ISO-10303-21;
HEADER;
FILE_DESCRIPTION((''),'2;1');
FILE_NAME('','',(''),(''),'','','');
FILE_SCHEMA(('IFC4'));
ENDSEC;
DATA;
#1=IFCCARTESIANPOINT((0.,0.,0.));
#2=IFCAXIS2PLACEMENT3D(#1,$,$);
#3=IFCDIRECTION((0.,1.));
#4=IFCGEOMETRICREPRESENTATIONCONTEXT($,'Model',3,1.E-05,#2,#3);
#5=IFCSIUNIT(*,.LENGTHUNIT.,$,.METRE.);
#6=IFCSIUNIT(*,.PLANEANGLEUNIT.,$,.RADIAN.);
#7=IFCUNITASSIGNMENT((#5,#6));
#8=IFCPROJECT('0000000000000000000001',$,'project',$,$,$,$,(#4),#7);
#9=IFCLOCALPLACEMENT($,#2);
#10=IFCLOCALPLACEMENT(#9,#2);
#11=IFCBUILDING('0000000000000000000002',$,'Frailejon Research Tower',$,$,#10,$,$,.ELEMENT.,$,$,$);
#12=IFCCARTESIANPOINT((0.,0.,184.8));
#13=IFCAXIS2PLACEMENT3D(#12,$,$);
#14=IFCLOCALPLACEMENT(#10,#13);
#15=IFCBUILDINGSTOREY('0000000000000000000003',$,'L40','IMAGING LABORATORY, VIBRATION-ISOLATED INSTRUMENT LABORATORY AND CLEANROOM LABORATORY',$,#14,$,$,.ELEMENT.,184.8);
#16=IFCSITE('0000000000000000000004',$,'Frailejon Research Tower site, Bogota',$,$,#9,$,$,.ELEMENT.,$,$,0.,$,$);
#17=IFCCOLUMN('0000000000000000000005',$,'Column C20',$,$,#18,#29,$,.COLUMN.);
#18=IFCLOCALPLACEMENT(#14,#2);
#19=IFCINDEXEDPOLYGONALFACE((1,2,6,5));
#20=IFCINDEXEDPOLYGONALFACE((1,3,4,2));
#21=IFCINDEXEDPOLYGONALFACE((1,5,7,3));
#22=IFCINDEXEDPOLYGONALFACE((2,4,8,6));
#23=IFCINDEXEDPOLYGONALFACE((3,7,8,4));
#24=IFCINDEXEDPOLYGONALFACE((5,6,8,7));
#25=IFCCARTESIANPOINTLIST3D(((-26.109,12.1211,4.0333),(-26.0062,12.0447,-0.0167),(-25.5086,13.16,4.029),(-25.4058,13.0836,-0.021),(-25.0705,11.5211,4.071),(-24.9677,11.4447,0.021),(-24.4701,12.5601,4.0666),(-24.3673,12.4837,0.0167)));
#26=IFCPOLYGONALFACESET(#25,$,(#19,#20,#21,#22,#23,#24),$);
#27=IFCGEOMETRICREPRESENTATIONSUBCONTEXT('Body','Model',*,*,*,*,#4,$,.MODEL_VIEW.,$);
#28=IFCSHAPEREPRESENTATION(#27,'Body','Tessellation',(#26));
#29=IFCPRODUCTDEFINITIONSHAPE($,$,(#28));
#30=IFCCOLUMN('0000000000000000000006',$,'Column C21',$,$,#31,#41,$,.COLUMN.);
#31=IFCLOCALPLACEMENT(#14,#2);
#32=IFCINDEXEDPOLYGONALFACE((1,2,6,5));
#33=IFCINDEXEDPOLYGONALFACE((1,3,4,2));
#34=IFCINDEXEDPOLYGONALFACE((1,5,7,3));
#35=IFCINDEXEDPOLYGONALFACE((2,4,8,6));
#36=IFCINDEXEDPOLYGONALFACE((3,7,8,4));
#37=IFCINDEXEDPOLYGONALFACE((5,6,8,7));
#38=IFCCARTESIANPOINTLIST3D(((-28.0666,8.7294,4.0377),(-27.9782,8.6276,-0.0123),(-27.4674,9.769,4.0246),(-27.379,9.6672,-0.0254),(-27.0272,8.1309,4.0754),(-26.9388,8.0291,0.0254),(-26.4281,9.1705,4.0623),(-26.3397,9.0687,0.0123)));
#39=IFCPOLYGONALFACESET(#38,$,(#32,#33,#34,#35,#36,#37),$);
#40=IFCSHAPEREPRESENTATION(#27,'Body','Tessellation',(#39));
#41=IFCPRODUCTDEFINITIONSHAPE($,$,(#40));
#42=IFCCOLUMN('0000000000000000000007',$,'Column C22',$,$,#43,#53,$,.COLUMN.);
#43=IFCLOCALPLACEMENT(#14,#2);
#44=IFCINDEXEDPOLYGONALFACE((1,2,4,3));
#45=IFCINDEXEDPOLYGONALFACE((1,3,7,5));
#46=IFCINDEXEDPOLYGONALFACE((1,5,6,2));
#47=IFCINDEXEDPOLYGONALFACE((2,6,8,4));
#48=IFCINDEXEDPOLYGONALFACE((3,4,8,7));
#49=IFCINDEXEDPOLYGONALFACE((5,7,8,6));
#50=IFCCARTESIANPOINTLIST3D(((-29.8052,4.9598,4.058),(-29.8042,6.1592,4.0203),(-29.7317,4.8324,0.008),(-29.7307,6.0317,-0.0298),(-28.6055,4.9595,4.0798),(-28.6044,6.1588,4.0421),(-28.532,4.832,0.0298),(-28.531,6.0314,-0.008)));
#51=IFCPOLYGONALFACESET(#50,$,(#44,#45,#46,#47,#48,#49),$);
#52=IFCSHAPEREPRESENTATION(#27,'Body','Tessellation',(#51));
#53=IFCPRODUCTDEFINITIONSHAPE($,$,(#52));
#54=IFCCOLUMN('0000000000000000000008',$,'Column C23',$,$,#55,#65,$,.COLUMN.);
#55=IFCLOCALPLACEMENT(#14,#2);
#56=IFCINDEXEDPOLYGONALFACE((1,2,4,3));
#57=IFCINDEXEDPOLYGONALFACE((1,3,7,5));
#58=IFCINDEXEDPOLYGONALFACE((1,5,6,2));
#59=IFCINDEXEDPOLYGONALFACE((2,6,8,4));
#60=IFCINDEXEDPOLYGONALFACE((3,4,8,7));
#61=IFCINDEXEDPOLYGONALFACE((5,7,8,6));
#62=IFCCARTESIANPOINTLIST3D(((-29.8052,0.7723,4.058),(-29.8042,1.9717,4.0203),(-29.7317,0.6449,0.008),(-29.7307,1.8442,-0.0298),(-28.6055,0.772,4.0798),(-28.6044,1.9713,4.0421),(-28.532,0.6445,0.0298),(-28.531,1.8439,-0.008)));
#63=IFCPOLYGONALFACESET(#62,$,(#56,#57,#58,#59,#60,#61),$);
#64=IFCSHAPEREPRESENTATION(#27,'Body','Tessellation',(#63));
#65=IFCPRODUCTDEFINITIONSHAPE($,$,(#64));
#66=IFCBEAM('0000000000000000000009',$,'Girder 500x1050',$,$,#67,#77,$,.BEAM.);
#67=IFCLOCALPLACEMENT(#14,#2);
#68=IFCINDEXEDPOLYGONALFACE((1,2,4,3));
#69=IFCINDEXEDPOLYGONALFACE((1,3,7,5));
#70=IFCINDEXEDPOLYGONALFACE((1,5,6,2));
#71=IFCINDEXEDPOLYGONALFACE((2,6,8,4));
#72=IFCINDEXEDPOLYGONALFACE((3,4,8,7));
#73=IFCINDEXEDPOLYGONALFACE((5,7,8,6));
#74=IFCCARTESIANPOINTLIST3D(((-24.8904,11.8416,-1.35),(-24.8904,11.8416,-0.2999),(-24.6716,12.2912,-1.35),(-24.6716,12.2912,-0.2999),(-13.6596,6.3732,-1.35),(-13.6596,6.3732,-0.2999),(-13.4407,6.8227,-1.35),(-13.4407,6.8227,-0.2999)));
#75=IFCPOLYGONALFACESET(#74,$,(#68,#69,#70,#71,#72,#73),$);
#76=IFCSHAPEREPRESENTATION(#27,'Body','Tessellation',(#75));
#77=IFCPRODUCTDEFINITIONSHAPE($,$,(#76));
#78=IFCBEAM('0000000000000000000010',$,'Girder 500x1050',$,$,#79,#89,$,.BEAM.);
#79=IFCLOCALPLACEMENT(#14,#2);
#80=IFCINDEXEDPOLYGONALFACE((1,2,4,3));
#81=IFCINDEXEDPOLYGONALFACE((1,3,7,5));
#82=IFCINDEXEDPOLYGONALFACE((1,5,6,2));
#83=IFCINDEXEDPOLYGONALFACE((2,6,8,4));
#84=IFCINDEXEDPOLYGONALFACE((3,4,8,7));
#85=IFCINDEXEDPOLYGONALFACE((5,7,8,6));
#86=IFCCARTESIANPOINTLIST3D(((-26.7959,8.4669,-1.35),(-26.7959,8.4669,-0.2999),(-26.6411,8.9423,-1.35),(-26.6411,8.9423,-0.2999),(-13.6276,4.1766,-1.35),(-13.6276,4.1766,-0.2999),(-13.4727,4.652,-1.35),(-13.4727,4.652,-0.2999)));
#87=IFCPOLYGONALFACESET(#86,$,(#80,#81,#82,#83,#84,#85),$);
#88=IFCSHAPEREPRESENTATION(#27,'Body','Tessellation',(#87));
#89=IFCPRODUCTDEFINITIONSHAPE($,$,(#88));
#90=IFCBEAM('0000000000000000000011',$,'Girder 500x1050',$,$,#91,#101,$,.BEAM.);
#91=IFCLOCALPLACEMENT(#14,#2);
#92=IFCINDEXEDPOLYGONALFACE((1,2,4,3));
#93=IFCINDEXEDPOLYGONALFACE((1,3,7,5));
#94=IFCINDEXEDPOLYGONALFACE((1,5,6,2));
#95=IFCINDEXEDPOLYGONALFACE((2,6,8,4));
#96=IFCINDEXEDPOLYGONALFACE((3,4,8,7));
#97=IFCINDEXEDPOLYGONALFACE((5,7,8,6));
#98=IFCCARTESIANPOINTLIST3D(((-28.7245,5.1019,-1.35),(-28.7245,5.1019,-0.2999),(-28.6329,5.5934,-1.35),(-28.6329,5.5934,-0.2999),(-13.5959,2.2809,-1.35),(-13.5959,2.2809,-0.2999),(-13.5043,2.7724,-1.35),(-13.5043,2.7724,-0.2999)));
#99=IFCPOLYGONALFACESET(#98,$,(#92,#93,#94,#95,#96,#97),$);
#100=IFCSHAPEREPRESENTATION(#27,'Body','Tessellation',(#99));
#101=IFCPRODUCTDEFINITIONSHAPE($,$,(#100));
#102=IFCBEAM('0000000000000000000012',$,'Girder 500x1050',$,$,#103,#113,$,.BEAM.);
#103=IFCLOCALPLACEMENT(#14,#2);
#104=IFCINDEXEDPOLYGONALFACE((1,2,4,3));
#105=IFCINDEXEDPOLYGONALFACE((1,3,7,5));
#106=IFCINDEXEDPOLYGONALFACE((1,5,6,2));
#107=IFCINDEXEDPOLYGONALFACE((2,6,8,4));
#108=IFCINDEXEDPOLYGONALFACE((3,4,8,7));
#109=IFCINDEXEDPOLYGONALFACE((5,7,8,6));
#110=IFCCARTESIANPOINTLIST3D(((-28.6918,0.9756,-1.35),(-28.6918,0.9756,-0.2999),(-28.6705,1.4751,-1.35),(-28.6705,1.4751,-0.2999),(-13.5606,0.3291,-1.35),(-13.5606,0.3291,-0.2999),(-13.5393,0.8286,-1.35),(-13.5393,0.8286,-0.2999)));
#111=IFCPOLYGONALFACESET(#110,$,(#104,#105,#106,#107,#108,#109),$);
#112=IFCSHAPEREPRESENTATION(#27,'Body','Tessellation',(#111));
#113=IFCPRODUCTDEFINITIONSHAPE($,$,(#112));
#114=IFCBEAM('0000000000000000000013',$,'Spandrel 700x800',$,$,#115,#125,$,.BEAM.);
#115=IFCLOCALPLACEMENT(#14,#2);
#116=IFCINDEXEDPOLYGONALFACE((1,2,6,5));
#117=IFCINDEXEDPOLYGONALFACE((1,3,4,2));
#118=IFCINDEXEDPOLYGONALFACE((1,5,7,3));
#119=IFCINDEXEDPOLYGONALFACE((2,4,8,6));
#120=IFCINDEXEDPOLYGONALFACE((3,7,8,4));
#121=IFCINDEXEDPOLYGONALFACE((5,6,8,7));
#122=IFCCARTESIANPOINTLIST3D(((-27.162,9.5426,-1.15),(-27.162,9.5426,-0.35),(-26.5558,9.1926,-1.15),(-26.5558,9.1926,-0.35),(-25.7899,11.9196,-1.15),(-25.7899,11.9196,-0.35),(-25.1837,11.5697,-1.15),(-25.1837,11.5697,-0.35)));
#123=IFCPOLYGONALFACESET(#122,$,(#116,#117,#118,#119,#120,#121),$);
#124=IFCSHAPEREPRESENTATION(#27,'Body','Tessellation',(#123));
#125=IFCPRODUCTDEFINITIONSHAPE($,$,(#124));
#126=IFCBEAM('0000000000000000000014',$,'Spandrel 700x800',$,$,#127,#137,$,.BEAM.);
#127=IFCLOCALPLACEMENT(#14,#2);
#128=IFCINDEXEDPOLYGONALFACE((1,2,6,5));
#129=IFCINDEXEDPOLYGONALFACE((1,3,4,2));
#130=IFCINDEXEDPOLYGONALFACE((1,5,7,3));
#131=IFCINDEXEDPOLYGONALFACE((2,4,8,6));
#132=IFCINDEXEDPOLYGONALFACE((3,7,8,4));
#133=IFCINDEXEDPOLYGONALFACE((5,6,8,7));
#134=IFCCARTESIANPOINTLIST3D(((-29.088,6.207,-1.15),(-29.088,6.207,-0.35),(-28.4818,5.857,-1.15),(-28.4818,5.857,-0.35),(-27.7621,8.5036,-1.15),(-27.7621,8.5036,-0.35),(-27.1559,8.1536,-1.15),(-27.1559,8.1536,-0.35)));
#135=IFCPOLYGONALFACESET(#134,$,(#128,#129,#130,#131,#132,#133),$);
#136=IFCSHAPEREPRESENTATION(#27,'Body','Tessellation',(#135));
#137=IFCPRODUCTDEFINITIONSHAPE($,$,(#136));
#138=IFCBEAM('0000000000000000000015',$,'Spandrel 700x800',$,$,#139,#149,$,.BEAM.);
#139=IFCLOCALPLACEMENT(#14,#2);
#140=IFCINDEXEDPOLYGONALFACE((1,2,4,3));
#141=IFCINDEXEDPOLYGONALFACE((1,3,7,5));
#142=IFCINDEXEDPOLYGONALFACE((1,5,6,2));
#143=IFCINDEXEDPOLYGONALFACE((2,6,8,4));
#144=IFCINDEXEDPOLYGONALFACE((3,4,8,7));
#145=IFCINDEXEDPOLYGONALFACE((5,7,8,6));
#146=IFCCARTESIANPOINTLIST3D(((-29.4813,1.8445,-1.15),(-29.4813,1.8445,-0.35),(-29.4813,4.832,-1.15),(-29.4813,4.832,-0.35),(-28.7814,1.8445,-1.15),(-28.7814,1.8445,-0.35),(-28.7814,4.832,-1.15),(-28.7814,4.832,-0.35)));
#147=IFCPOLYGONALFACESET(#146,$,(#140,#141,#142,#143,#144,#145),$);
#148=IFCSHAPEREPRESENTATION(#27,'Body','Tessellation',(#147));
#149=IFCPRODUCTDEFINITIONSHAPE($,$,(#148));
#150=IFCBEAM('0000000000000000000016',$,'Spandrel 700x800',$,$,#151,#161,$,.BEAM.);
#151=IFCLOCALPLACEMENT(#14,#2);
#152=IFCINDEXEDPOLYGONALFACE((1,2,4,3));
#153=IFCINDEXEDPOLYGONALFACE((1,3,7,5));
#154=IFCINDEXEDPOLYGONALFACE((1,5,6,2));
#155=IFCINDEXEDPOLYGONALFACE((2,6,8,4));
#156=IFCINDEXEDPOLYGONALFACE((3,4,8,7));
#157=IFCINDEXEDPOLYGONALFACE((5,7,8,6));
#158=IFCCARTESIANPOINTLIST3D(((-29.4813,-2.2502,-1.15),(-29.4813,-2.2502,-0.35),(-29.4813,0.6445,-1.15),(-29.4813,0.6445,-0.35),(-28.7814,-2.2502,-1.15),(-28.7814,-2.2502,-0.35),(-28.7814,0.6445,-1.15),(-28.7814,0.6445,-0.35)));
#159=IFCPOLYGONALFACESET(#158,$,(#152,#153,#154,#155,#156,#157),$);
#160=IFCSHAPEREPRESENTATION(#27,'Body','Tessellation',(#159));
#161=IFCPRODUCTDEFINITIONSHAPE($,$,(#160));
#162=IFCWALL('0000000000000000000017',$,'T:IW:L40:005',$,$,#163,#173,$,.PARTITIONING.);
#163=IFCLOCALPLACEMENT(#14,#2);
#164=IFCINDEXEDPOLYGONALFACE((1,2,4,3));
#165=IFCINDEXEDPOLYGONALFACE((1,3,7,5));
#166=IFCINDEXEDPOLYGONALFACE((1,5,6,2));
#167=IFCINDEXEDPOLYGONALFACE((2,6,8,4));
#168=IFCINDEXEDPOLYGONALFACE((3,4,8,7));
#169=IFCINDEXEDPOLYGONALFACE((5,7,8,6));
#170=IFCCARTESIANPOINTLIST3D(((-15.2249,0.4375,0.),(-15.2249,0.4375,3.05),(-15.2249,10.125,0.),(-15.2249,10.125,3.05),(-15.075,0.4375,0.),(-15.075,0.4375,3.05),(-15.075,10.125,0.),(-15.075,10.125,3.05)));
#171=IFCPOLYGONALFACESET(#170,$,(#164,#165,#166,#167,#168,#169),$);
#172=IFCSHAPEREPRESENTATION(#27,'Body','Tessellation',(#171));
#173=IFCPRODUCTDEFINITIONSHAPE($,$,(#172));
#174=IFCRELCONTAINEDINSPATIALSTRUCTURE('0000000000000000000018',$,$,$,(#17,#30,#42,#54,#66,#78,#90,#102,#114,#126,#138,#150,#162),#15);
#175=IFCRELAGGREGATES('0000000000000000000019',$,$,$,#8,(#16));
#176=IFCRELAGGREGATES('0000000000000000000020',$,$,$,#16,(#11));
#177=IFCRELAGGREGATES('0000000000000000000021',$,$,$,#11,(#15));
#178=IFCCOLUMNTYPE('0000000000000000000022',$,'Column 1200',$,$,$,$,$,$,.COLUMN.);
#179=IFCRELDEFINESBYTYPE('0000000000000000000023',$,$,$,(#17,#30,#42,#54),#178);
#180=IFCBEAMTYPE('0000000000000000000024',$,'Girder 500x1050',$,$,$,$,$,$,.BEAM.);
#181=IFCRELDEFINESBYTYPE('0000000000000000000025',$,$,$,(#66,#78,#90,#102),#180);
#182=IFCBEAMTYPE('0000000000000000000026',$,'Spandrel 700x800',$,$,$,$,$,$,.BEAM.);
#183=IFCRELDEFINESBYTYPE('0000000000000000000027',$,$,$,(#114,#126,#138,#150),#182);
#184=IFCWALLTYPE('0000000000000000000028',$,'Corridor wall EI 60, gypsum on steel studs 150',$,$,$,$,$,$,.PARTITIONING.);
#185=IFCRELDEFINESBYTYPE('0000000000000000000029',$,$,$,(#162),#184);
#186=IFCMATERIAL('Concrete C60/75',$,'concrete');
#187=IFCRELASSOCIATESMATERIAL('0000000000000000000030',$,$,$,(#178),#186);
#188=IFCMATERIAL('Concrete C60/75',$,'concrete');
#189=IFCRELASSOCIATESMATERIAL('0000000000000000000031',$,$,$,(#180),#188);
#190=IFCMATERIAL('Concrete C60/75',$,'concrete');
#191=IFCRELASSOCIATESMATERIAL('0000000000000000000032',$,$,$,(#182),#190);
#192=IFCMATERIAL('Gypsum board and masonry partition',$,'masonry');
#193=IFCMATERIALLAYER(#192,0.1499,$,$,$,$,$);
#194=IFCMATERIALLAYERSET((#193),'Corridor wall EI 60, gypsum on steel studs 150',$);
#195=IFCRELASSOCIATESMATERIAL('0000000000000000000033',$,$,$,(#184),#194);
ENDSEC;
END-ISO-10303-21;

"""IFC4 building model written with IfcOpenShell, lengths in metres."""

from ifc_helpers import new_model, si_unit, direction, frame, frame_2d, origin, origin_2d, place, context, subcontext, project, spatial, rectangle, extrude, material, layer, layer_set, material_profile, profile_set, type_object, element, save


model = new_model("IFC4")

# Units and contexts
model_context = context("Model", 3, precision=1e-05, world=origin(), true_north=direction((0.0, 1.0)))
body_context = subcontext(model_context, "Body", "Model", "MODEL_VIEW")
ifc_project = project(units=[si_unit("LENGTHUNIT", "METRE"), si_unit("PLANEANGLEUNIT", "RADIAN")], contexts=[model_context])

# Site, building, storey
site_placement = place(None, origin())
site = spatial("IfcSite", under=ifc_project, at=site_placement, Name="Frailejon Research Tower site, Bogota", CompositionType="ELEMENT", RefElevation=0.0)
building_placement = place(site_placement, origin())
building = spatial("IfcBuilding", under=site, at=building_placement, Name="Frailejon Research Tower", CompositionType="ELEMENT")
storey_placement = place(building_placement, frame((0.0, 0.0, 184.8)))
storey = spatial("IfcBuildingStorey", under=building, at=storey_placement, Name="L40", Description="IMAGING LABORATORY, VIBRATION-ISOLATED INSTRUMENT LABORATORY AND CLEANROOM LABORATORY", CompositionType="ELEMENT", Elevation=184.8)

# Columns
ifc_material_1 = material(Name="Concrete C60/75", Category="concrete")
ifc_material_profile_1 = material_profile(ifc_material_1, rectangle(XDim=1.2, YDim=1.2, at=origin_2d()), Name="Column 1200")
ifc_profile_set_1 = profile_set([ifc_material_profile_1], Name="Concrete C60/75")
column_type = type_object("IfcColumnType", Name="Column 1200", PredefinedType="COLUMN", material=ifc_profile_set_1)
column_1_placement = place(storey_placement, frame((-25.1868, 12.2642, 0.0), z_axis=(-0.025366, 0.018858, 0.9995), x_axis=(-0.500322, -0.865832, 0.003639)))
element("IfcColumn", 1, at=column_1_placement, inside=storey, type_object=column_type, Name="Column C20", PredefinedType="COLUMN", context=body_context, shape_type="SweptSolid", body=[
    extrude(rectangle(XDim=1.2, YDim=1.2, at=origin_2d()), origin(), (0.0, 0.0, 1.0), 4.052),
])
column_2_placement = place(storey_placement, frame((-27.1589, 8.8481, 0.0), z_axis=(-0.02181, 0.025123, 0.999446), x_axis=(-0.499317, -0.866351, 0.010882)))
element("IfcColumn", 2, at=column_2_placement, inside=storey, type_object=column_type, Name="Column C21", PredefinedType="COLUMN", context=body_context, shape_type="SweptSolid", body=[
    extrude(rectangle(XDim=1.2, YDim=1.2, at=origin_2d()), origin(), (0.0, 0.0, 1.0), 4.0522),
])
for number, where, z_axis, x_axis, name in (
    (3, (-29.1313, 5.4319, 0.0), (-0.018133, 0.031446, 0.999341), (-0.000853, -0.999505, 0.031436), "Column C22"),
    (4, (-29.1313, 1.2444, 0.0), (-0.018133, 0.031446, 0.999341), (-0.000853, -0.999505, 0.031436), "Column C23"),
):
    element("IfcColumn", number, at=place(storey_placement, frame(where, z_axis=z_axis, x_axis=x_axis)), inside=storey, type_object=column_type, Name=name, PredefinedType="COLUMN", context=body_context, shape_type="SweptSolid", body=[
        extrude(rectangle(XDim=1.2, YDim=1.2, at=origin_2d()), origin(), (0.0, 0.0, 1.0), 4.0527),
    ])

# Beams
ifc_material_2 = material(Name="Concrete C60/75", Category="concrete")
ifc_material_profile_2 = material_profile(ifc_material_2, rectangle(XDim=0.5, YDim=1.05, at=origin_2d()), Name="Girder 500x1050")
ifc_profile_set_2 = profile_set([ifc_material_profile_2], Name="Concrete C60/75")
beam_type_1 = type_object("IfcBeamType", Name="Girder 500x1050", PredefinedType="BEAM", material=ifc_profile_set_2)
beam_1_placement = place(storey_placement, frame((-24.781, 12.0664, -0.825), z_axis=(0.899084, -0.437776, 0.0), x_axis=(0.437776, 0.899084, 0.0)))
element("IfcBeam", 5, at=beam_1_placement, inside=storey, type_object=beam_type_1, Name="Girder 500x1050", PredefinedType="BEAM", context=body_context, shape_type="SweptSolid", body=[
    extrude(rectangle(XDim=0.5, YDim=1.05, at=origin_2d()), origin(), (0.0, 0.0, 1.0), 12.4915),
])
beam_2_placement = place(storey_placement, frame((-26.7185, 8.7046, -0.825), z_axis=(0.95081, -0.309774, 0.0), x_axis=(0.309774, 0.95081, 0.0)))
element("IfcBeam", 6, at=beam_2_placement, inside=storey, type_object=beam_type_1, Name="Girder 500x1050", PredefinedType="BEAM", context=body_context, shape_type="SweptSolid", body=[
    extrude(rectangle(XDim=0.5, YDim=1.05, at=origin_2d()), origin(), (0.0, 0.0, 1.0), 13.8496),
])
beam_3_placement = place(storey_placement, frame((-28.6787, 5.3477, -0.825), z_axis=(0.983055, -0.18331, 0.0), x_axis=(0.18331, 0.983055, 0.0)))
element("IfcBeam", 7, at=beam_3_placement, inside=storey, type_object=beam_type_1, Name="Girder 500x1050", PredefinedType="BEAM", context=body_context, shape_type="SweptSolid", body=[
    extrude(rectangle(XDim=0.5, YDim=1.05, at=origin_2d()), origin(), (0.0, 0.0, 1.0), 15.3894),
])
beam_4_placement = place(storey_placement, frame((-28.6812, 1.2253, -0.825), z_axis=(0.999089, -0.042687, 0.0), x_axis=(0.042687, 0.999089, 0.0)))
element("IfcBeam", 8, at=beam_4_placement, inside=storey, type_object=beam_type_1, Name="Girder 500x1050", PredefinedType="BEAM", context=body_context, shape_type="SweptSolid", body=[
    extrude(rectangle(XDim=0.5, YDim=1.05, at=origin_2d()), origin(), (0.0, 0.0, 1.0), 15.145),
])
ifc_material_3 = material(Name="Concrete C60/75", Category="concrete")
ifc_material_profile_3 = material_profile(ifc_material_3, rectangle(XDim=0.7, YDim=0.8, at=origin_2d()), Name="Spandrel 700x800")
ifc_profile_set_3 = profile_set([ifc_material_profile_3], Name="Concrete C60/75")
beam_type_2 = type_object("IfcBeamType", Name="Spandrel 700x800", PredefinedType="BEAM", material=ifc_profile_set_3)
beam_5_placement = place(storey_placement, frame((-25.4868, 11.7446, -0.75), z_axis=(-0.499928, -0.866067, 0.0), x_axis=(0.866067, -0.499928, 0.0)))
element("IfcBeam", 9, at=beam_5_placement, inside=storey, type_object=beam_type_2, Name="Spandrel 700x800", PredefinedType="BEAM", context=body_context, shape_type="SweptSolid", body=[
    extrude(rectangle(XDim=0.7, YDim=0.8, at=origin_2d()), origin(), (0.0, 0.0, 1.0), 2.7446),
])
beam_6_placement = place(storey_placement, frame((-27.459, 8.3286, -0.75), z_axis=(-0.499991, -0.866031, 0.0), x_axis=(0.866031, -0.499991, 0.0)))
element("IfcBeam", 10, at=beam_6_placement, inside=storey, type_object=beam_type_2, Name="Spandrel 700x800", PredefinedType="BEAM", context=body_context, shape_type="SweptSolid", body=[
    extrude(rectangle(XDim=0.7, YDim=0.8, at=origin_2d()), origin(), (0.0, 0.0, 1.0), 2.6519),
])
beam_7_placement = place(storey_placement, frame((-29.1313, 4.832, -0.75), z_axis=(0.0, -1.0, 0.0), x_axis=(1.0, 0.0, 0.0)))
element("IfcBeam", 11, at=beam_7_placement, inside=storey, type_object=beam_type_2, Name="Spandrel 700x800", PredefinedType="BEAM", context=body_context, shape_type="SweptSolid", body=[
    extrude(rectangle(XDim=0.7, YDim=0.8, at=origin_2d()), origin(), (0.0, 0.0, 1.0), 2.9875),
])
beam_8_placement = place(storey_placement, frame((-29.1313, 0.6445, -0.75), z_axis=(0.0, -1.0, 0.0), x_axis=(1.0, 0.0, 0.0)))
element("IfcBeam", 12, at=beam_8_placement, inside=storey, type_object=beam_type_2, Name="Spandrel 700x800", PredefinedType="BEAM", context=body_context, shape_type="SweptSolid", body=[
    extrude(rectangle(XDim=0.7, YDim=0.8, at=origin_2d()), origin(), (0.0, 0.0, 1.0), 2.8948),
])

# Wall
ifc_material_4 = material(Name="Gypsum board and masonry partition", Category="masonry")
ifc_layer_1 = layer(ifc_material_4, 0.1499)
ifc_layer_set_1 = layer_set([ifc_layer_1], Name="Corridor wall EI 60, gypsum on steel studs 150")
wall_type_1 = type_object("IfcWallType", Name="Corridor wall EI 60, gypsum on steel studs 150", PredefinedType="PARTITIONING", material=ifc_layer_set_1)
wall_1_placement = place(storey_placement, frame((-15.1499, 0.4375, 0.0), z_axis=(0.0, 0.0, 1.0), x_axis=(0.0, 1.0, 0.0)))
element("IfcWall", 13, at=wall_1_placement, inside=storey, type_object=wall_type_1, Name="T:IW:L40:005", PredefinedType="PARTITIONING", context=body_context, shape_type="SweptSolid", body=[
    extrude(rectangle(XDim=9.6875, YDim=0.1499, at=frame_2d((4.8438, 0.0))), origin(), (0.0, 0.0, 1.0), 3.05),
])

save(model, "model.ifc")
